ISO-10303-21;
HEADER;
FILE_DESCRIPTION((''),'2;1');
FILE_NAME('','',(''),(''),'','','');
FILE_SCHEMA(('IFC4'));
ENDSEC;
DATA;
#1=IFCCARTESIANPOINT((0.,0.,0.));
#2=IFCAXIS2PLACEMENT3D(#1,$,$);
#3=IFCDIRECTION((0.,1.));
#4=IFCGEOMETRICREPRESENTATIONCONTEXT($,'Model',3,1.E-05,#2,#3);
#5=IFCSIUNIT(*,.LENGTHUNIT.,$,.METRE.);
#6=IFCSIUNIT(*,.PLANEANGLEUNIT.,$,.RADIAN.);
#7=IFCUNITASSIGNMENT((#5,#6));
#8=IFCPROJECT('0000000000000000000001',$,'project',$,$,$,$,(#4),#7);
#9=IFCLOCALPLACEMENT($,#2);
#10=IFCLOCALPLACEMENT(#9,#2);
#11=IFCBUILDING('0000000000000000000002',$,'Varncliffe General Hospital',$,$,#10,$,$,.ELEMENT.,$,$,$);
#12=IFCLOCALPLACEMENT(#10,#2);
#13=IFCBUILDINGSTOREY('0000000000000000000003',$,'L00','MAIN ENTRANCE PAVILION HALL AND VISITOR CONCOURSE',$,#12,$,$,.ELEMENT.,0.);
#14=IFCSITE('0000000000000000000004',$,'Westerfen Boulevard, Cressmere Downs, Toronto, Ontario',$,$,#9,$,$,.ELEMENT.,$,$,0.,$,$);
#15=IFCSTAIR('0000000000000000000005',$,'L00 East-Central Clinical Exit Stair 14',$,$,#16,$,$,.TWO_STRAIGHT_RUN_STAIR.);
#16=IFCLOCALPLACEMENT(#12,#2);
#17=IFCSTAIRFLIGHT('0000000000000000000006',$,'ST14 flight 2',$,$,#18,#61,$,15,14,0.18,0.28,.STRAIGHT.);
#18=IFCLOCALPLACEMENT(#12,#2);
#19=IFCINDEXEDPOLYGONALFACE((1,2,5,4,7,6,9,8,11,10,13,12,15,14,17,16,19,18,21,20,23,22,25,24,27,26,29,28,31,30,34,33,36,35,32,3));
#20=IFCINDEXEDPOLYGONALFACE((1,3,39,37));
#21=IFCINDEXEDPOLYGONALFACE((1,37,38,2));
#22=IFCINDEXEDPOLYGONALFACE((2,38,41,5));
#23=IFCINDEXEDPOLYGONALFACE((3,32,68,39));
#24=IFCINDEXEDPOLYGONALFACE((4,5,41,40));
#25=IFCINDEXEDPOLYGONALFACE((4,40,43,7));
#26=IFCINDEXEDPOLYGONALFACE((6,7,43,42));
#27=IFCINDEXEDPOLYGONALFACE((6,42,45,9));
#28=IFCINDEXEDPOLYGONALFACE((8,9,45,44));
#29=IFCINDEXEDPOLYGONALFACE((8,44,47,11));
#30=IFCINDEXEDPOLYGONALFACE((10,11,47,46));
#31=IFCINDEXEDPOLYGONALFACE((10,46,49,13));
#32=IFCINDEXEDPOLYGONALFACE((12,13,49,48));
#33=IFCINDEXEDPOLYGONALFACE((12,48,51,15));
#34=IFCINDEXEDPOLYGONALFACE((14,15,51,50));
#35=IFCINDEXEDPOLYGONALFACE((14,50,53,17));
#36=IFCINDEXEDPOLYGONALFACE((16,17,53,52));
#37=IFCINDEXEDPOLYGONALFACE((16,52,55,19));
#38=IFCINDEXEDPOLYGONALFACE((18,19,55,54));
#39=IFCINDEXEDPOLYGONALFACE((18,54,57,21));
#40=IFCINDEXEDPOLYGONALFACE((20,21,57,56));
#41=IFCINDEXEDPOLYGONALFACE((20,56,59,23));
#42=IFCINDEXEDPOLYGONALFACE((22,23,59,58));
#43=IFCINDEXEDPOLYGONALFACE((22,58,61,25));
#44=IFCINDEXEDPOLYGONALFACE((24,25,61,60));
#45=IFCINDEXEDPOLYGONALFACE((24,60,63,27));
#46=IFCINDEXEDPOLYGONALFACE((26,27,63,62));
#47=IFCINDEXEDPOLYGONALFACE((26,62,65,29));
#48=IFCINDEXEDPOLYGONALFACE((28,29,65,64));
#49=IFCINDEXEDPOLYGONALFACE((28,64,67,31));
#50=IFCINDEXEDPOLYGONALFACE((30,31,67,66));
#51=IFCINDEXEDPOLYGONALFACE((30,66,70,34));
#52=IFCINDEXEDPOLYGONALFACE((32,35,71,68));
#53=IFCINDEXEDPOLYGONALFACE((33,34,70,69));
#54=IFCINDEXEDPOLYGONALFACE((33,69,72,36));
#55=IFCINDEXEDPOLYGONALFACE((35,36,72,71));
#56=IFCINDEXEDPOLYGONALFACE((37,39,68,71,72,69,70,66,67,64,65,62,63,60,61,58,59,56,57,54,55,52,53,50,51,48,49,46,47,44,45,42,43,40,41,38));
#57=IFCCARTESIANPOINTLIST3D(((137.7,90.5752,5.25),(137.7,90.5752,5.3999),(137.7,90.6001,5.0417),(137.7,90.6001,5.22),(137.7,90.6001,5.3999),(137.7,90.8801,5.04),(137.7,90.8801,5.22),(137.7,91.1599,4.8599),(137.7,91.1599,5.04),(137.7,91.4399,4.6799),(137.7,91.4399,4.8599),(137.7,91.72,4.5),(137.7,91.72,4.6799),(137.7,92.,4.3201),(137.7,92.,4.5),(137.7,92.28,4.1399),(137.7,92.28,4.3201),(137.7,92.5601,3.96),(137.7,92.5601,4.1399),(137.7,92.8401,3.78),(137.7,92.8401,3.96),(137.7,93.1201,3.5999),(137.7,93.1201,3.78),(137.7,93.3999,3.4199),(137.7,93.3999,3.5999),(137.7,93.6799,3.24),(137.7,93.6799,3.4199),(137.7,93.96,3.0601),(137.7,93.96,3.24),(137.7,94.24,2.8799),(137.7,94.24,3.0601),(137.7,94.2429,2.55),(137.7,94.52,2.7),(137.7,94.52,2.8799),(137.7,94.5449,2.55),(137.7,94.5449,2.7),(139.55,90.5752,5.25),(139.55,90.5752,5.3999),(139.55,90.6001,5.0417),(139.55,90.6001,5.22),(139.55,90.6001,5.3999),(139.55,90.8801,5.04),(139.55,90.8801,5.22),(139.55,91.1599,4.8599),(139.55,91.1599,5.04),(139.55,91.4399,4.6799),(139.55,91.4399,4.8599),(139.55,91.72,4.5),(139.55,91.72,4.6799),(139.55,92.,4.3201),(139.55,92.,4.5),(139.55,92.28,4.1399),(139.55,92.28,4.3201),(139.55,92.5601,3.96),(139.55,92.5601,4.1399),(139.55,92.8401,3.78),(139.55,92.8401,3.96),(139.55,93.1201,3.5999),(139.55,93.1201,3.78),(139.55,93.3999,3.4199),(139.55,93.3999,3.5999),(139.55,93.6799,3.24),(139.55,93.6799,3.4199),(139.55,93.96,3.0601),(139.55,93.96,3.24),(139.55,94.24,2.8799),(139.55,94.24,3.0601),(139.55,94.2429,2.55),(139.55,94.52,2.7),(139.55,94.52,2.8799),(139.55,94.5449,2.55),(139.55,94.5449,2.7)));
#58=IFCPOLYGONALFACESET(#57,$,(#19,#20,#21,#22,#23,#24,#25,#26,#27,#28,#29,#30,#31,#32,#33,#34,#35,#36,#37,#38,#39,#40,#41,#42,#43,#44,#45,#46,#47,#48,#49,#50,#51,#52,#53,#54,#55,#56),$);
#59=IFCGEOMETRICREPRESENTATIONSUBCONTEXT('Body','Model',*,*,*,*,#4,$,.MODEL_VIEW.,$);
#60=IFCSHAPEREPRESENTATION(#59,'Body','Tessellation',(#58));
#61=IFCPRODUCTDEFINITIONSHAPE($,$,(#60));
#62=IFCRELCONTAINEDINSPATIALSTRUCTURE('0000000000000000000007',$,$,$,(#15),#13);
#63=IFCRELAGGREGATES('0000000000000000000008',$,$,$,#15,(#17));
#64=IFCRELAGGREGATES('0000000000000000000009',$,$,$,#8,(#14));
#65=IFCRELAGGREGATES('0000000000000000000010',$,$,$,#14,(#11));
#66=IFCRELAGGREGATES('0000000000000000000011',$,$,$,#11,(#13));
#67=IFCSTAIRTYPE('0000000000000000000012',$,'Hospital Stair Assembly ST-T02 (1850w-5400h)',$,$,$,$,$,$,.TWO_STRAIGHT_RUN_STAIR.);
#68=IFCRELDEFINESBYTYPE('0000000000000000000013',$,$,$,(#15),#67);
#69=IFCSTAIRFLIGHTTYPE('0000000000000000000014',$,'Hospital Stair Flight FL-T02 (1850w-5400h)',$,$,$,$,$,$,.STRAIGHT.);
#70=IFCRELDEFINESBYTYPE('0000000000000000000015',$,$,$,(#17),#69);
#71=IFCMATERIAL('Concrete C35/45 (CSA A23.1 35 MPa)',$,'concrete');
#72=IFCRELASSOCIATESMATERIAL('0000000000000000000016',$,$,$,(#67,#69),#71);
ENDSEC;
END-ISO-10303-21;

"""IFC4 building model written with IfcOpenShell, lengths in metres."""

from ifc_helpers import new_model, si_unit, direction, frame, origin, place, context, subcontext, project, spatial, polyline, outline, extrude, material, type_object, element, aggregate, save


model = new_model("IFC4")

# Units and contexts
model_context = context("Model", 3, precision=1e-05, world=origin(), true_north=direction((0.0, 1.0)))
body_context = subcontext(model_context, "Body", "Model", "MODEL_VIEW")
ifc_project = project(units=[si_unit("LENGTHUNIT", "METRE"), si_unit("PLANEANGLEUNIT", "RADIAN")], contexts=[model_context])

# Site, building, storey
site_placement = place(None, origin())
site = spatial("IfcSite", under=ifc_project, at=site_placement, Name="Westerfen Boulevard, Cressmere Downs, Toronto, Ontario", CompositionType="ELEMENT", RefElevation=0.0)
building_placement = place(site_placement, origin())
building = spatial("IfcBuilding", under=site, at=building_placement, Name="Varncliffe General Hospital", CompositionType="ELEMENT")
storey_placement = place(building_placement, origin())
storey = spatial("IfcBuildingStorey", under=building, at=storey_placement, Name="L00", Description="MAIN ENTRANCE PAVILION HALL AND VISITOR CONCOURSE", CompositionType="ELEMENT", Elevation=0.0)

# Shared definitions
ifc_material_1 = material(Name="Concrete C35/45 (CSA A23.1 35 MPa)", Category="concrete")

# Stair, stair flight
stair_type = type_object("IfcStairType", Name="Hospital Stair Assembly ST-T02 (1850w-5400h)", PredefinedType="TWO_STRAIGHT_RUN_STAIR", material=ifc_material_1)
stair_placement = place(storey_placement, origin())
stair = element("IfcStair", 1, at=stair_placement, inside=storey, type_object=stair_type, Name="L00 East-Central Clinical Exit Stair 14", PredefinedType="TWO_STRAIGHT_RUN_STAIR")
stair_flight_type = type_object("IfcStairFlightType", Name="Hospital Stair Flight FL-T02 (1850w-5400h)", PredefinedType="STRAIGHT", material=ifc_material_1)
stair_flight_1_placement = place(storey_placement, frame((138.625, 94.52, 2.7), z_axis=(0.0, 0.0, 1.0), x_axis=(0.0, -1.0, 0.0)))
stair_flight_1 = element("IfcStairFlight", 2, at=stair_flight_1_placement, type_object=stair_flight_type, Name="ST14 flight 2", NumberOfRisers=15, NumberOfTreads=14, PredefinedType="STRAIGHT", RiserHeight=0.18, TreadLength=0.28, context=body_context, shape_type="SweptSolid", body=[
    extrude(outline(polyline([(-0.0249, -0.1499), (-0.0249, 0.0), (0.0, 0.0), (0.0, 0.1799), (0.28, 0.1799), (0.28, 0.3601), (0.5601, 0.3601), (0.5601, 0.54), (0.8401, 0.54), (0.8401, 0.72), (1.1201, 0.72), (1.1201, 0.8999), (1.3999, 0.8999), (1.3999, 1.0801), (1.6799, 1.0801), (1.6799, 1.26), (1.96, 1.26), (1.96, 1.4399), (2.24, 1.4399), (2.24, 1.6201), (2.52, 1.6201), (2.52, 1.8), (2.8, 1.8), (2.8, 1.98), (3.0801, 1.98), (3.0801, 2.1599), (3.3601, 2.1599), (3.3601, 2.3401), (3.6399, 2.3401), (3.6399, 2.52), (3.9199, 2.52), (3.9199, 2.7), (3.9448, 2.7), (3.9448, 2.55), (3.9199, 2.3418), (0.2771, -0.1499), (-0.0249, -0.1499)])), frame((0.0, 0.925, 0.0), z_axis=(0.0, -1.0, 0.0), x_axis=(1.0, 0.0, 0.0)), (0.0, 0.0, 1.0), 1.8501),
])
aggregate(stair, [stair_flight_1])

save(model, "model.ifc")
